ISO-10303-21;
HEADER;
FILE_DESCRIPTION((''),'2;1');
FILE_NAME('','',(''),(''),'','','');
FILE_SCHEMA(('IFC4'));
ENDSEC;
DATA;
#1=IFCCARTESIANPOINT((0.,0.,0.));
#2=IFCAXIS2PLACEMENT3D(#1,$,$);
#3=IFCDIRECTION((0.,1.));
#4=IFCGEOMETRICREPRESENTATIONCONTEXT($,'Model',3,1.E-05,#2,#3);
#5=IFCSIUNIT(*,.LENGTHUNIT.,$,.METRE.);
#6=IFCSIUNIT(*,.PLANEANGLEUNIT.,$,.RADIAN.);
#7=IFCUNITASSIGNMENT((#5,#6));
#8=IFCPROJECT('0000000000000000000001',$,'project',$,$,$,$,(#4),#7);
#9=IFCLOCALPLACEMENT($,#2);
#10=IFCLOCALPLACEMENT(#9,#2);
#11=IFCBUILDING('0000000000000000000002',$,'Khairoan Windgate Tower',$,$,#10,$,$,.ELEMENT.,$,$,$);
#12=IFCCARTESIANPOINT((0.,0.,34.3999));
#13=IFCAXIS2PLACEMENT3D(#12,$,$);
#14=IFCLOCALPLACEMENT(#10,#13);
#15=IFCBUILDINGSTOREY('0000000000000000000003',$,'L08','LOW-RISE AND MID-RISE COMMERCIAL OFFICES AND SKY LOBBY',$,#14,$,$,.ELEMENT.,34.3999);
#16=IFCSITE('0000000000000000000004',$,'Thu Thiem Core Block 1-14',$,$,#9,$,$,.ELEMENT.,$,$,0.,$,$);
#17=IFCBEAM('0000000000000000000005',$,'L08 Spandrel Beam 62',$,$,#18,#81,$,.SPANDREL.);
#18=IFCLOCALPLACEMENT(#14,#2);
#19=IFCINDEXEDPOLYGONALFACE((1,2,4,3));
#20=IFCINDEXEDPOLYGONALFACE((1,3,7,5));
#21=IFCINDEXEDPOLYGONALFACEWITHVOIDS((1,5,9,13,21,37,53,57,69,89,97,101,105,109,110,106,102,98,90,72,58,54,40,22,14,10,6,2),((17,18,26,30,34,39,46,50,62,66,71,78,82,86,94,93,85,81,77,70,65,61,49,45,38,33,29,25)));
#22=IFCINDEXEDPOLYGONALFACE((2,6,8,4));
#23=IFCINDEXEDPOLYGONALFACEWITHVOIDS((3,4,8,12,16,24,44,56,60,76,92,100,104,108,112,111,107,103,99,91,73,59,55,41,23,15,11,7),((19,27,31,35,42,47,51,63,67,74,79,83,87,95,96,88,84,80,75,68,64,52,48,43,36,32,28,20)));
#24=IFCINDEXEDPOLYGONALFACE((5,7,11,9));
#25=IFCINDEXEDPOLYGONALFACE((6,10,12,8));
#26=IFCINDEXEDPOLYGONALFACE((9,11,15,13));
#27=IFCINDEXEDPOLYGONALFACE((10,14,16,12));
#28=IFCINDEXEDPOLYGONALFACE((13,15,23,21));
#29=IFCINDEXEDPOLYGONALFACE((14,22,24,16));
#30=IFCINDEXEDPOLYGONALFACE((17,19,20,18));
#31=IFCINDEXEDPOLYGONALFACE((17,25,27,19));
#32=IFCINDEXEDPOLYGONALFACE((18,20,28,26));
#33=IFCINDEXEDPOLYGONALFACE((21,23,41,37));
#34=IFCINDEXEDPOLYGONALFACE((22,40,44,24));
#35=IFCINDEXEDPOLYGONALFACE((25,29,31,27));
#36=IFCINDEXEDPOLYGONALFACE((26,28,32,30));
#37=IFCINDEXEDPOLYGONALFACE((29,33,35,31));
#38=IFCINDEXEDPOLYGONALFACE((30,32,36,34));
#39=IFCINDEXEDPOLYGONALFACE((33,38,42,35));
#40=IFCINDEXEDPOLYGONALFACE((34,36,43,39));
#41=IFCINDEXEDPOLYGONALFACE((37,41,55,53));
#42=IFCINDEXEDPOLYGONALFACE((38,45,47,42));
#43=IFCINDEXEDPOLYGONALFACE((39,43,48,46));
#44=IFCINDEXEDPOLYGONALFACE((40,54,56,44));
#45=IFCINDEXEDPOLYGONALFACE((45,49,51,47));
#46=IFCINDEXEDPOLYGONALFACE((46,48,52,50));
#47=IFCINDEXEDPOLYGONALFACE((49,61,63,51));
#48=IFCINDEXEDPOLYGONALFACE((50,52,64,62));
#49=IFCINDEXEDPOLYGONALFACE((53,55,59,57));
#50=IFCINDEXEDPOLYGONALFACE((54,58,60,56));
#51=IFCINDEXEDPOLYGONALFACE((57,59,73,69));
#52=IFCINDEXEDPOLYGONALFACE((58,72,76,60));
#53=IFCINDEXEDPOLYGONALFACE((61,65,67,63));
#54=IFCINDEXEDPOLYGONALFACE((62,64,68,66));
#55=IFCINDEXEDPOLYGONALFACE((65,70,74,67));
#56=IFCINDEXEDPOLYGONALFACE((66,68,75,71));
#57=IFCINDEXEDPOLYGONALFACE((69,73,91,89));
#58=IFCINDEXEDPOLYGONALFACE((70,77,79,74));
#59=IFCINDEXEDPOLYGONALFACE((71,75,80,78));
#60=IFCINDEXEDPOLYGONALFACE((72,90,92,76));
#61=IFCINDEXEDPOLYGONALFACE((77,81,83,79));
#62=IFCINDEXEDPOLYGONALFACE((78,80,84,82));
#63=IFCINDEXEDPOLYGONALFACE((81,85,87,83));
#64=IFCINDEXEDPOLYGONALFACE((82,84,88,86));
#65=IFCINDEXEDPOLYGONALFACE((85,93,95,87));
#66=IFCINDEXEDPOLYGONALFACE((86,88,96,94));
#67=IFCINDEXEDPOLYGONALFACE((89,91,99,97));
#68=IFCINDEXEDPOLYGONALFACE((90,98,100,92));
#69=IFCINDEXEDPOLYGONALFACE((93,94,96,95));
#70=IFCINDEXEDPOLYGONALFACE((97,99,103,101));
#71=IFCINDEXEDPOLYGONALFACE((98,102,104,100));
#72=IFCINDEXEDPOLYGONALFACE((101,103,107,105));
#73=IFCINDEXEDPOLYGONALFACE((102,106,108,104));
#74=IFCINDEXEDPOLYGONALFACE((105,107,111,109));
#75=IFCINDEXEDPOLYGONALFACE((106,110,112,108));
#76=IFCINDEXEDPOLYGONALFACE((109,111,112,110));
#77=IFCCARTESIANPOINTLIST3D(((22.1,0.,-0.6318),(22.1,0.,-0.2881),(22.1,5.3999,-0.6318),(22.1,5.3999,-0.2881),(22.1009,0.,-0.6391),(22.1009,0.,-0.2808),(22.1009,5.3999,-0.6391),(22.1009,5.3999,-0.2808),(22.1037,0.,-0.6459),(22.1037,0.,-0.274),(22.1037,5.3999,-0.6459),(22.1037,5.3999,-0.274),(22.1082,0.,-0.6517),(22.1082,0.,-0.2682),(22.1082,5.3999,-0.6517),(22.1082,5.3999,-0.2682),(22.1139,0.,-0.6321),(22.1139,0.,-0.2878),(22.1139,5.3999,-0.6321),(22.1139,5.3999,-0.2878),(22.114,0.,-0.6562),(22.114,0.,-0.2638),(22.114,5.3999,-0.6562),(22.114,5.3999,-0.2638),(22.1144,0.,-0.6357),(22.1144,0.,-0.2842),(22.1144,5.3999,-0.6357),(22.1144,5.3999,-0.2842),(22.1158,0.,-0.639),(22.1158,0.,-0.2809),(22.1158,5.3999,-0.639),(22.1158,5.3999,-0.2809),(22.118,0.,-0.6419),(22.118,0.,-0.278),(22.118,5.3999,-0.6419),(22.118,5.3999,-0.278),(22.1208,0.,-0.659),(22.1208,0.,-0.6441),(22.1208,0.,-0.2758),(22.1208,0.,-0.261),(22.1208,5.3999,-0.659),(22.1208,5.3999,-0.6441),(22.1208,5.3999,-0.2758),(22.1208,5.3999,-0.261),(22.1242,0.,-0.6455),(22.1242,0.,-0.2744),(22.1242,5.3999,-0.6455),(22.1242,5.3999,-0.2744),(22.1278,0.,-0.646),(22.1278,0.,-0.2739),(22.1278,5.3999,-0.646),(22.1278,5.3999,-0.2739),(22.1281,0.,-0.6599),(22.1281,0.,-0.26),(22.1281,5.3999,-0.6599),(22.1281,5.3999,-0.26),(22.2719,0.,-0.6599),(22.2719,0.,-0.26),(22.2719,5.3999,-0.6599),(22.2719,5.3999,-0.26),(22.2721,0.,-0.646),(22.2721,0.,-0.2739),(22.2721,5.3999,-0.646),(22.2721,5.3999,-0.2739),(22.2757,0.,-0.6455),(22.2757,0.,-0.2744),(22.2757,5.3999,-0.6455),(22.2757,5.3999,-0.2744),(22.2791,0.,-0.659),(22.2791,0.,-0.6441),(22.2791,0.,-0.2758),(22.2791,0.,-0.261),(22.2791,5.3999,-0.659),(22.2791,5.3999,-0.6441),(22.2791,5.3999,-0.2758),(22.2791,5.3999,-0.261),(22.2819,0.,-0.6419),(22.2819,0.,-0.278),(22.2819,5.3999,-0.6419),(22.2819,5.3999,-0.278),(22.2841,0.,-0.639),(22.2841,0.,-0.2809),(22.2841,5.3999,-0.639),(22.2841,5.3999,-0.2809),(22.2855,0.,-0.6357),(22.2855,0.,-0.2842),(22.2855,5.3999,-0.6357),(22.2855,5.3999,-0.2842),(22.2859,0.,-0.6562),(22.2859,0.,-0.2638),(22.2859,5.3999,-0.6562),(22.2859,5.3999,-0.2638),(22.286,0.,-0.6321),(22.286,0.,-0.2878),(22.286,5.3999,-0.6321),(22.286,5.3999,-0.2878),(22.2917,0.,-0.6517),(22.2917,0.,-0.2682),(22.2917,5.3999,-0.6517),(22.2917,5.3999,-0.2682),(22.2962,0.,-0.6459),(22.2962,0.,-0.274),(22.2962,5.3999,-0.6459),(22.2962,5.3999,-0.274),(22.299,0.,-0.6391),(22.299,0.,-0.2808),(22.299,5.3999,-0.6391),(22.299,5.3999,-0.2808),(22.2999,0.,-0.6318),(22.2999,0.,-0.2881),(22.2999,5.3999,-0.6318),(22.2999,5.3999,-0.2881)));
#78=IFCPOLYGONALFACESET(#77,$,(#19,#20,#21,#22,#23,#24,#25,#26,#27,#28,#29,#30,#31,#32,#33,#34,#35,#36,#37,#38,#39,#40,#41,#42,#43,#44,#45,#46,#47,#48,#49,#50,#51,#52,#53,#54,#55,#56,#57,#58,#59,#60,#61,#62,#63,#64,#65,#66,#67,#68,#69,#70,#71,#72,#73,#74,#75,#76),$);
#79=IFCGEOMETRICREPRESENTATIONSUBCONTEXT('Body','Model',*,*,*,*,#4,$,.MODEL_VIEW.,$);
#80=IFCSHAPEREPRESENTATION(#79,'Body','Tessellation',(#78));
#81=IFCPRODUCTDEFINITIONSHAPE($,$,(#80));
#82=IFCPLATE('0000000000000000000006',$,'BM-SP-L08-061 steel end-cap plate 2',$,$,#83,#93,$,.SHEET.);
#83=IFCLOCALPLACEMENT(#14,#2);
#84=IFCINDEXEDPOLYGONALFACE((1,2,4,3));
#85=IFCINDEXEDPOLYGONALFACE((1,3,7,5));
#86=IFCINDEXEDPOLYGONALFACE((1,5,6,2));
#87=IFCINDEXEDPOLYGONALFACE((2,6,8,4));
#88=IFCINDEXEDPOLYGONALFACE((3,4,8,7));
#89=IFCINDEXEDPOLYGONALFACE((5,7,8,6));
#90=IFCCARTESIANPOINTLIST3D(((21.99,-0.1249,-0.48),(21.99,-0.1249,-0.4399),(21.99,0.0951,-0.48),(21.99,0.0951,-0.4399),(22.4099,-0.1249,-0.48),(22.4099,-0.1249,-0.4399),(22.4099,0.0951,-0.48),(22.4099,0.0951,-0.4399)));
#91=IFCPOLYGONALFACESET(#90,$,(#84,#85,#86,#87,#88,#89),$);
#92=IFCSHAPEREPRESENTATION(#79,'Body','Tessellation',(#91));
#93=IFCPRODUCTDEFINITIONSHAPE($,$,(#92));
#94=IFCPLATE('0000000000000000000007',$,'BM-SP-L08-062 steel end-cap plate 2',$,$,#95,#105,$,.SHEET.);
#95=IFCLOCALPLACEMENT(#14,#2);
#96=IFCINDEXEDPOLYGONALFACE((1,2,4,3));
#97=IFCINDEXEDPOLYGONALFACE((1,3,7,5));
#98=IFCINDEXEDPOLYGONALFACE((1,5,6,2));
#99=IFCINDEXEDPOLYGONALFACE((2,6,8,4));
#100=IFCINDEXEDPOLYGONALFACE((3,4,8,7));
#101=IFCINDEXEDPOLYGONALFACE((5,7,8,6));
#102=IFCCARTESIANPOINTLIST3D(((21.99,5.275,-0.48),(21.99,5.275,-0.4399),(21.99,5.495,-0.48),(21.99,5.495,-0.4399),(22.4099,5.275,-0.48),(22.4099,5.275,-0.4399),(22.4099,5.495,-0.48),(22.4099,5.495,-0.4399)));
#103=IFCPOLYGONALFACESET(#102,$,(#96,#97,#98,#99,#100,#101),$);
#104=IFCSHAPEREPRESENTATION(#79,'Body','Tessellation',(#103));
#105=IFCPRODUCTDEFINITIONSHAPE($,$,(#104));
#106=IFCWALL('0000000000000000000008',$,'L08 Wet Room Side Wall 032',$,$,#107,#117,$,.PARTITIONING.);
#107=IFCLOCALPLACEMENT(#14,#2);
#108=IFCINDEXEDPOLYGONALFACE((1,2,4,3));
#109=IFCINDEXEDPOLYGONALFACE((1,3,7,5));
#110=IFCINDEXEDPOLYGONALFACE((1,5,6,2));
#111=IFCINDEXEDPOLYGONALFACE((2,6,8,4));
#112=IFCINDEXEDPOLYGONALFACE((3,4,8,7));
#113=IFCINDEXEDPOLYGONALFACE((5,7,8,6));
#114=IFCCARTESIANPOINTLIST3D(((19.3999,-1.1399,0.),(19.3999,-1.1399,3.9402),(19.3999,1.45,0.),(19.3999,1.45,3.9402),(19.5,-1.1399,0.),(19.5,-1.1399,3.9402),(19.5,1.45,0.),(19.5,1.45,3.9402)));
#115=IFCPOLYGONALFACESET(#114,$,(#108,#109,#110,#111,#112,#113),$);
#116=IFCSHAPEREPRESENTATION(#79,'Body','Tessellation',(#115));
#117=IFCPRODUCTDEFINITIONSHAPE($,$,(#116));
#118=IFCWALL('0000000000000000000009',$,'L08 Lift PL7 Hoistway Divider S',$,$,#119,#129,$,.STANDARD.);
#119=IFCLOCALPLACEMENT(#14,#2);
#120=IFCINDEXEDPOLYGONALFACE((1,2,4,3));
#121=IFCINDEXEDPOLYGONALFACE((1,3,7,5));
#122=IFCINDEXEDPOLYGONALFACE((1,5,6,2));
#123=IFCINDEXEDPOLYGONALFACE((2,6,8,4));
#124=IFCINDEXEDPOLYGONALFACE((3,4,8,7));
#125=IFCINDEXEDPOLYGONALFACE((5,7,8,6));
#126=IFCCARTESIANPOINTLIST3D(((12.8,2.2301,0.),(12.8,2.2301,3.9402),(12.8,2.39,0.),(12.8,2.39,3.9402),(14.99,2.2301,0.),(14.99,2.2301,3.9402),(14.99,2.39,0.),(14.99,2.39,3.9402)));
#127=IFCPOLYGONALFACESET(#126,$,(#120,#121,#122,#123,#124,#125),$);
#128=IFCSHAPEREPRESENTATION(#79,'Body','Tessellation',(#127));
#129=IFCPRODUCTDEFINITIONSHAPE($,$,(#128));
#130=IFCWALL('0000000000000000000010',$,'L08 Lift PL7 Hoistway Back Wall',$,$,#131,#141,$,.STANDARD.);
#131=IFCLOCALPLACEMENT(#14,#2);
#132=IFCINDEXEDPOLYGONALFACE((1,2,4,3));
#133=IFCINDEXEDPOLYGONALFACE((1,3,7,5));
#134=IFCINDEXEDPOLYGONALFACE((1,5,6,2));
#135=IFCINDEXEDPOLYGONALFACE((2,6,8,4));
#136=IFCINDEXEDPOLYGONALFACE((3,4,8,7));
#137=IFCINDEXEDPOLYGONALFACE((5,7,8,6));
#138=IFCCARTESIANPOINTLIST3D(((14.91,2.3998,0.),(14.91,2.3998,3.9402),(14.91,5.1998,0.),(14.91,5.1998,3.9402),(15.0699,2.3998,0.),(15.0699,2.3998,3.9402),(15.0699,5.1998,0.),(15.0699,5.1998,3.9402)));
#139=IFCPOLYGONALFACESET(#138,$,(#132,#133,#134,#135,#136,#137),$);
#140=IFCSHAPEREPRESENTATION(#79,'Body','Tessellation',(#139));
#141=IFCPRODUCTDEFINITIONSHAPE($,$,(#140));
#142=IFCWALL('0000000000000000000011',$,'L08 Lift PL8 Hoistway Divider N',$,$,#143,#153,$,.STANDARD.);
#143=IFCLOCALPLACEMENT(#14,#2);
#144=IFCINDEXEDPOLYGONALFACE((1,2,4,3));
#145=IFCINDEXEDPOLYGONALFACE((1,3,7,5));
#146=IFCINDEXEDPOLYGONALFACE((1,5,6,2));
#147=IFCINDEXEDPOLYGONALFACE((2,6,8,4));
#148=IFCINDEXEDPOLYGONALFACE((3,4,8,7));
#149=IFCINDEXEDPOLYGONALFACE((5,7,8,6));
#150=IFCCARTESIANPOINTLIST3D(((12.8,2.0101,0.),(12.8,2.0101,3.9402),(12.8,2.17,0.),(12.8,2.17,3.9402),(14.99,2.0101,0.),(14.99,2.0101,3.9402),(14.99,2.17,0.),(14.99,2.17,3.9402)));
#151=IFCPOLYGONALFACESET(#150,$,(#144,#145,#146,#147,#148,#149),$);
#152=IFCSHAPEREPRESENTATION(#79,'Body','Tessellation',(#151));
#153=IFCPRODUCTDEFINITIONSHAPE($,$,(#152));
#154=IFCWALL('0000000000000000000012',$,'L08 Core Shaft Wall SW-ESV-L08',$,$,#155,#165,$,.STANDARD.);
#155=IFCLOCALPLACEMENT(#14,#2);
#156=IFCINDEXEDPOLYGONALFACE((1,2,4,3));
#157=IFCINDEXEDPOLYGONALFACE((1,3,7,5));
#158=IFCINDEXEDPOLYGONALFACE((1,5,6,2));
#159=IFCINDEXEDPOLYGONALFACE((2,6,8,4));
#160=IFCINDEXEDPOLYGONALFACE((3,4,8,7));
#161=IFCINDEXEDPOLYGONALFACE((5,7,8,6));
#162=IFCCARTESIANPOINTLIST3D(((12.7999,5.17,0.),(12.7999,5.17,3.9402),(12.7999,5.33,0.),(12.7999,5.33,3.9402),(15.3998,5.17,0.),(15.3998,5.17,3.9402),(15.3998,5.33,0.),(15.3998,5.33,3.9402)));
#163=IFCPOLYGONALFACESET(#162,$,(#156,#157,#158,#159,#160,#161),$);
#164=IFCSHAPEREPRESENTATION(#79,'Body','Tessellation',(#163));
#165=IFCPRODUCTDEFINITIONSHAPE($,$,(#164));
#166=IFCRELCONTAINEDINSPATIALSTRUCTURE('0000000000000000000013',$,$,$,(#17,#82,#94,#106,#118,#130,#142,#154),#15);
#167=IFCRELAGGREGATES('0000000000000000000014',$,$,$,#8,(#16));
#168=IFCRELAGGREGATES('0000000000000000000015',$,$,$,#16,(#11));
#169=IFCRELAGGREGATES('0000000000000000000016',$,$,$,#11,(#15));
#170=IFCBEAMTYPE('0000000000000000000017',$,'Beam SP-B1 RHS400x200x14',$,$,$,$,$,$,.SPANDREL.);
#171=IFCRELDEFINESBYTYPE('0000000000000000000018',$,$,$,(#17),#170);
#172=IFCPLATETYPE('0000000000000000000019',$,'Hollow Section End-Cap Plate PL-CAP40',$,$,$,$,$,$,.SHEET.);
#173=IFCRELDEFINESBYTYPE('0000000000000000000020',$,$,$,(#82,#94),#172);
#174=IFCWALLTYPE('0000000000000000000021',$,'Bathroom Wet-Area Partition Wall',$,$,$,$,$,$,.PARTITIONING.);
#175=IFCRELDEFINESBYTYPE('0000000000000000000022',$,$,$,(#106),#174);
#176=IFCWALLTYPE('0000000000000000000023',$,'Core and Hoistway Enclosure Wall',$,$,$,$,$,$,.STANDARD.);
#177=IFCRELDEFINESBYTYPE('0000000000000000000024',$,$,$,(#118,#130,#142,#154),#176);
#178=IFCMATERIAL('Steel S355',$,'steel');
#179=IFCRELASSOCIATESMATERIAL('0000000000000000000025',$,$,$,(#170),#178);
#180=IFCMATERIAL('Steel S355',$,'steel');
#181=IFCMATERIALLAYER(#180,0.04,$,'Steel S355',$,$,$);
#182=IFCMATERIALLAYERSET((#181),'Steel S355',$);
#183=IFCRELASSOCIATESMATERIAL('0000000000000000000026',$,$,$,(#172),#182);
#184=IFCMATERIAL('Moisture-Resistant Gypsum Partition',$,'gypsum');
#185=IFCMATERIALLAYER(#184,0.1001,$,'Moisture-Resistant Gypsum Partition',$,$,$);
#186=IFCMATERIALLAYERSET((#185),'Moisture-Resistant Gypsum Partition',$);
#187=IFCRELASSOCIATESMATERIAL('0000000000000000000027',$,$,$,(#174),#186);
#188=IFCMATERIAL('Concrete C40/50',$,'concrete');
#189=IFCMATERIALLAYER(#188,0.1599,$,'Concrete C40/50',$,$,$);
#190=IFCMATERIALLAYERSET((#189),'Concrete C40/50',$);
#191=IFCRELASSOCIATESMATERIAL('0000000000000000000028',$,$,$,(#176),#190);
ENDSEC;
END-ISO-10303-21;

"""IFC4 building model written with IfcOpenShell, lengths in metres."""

from ifc_helpers import new_model, si_unit, direction, frame, frame_2d, origin, origin_2d, place, context, subcontext, project, spatial, rectangle, hollow_rectangle, extrude, material, layer, layer_set, material_profile, profile_set, type_object, element, save


model = new_model("IFC4")

# Units and contexts
model_context = context("Model", 3, precision=1e-05, world=origin(), true_north=direction((0.0, 1.0)))
body_context = subcontext(model_context, "Body", "Model", "MODEL_VIEW")
ifc_project = project(units=[si_unit("LENGTHUNIT", "METRE"), si_unit("PLANEANGLEUNIT", "RADIAN")], contexts=[model_context])

# Site, building, storey
site_placement = place(None, origin())
site = spatial("IfcSite", under=ifc_project, at=site_placement, Name="Thu Thiem Core Block 1-14", CompositionType="ELEMENT", RefElevation=0.0)
building_placement = place(site_placement, origin())
building = spatial("IfcBuilding", under=site, at=building_placement, Name="Khairoan Windgate Tower", CompositionType="ELEMENT")
storey_placement = place(building_placement, frame((0.0, 0.0, 34.3999)))
storey = spatial("IfcBuildingStorey", under=building, at=storey_placement, Name="L08", Description="LOW-RISE AND MID-RISE COMMERCIAL OFFICES AND SKY LOBBY", CompositionType="ELEMENT", Elevation=34.3999)

# Beam
ifc_material_1 = material(Name="Steel S355", Category="steel")
ifc_material_profile_1 = material_profile(ifc_material_1, hollow_rectangle(XDim=0.2, YDim=0.3999, WallThickness=0.0139, InnerFilletRadius=0.0139, OuterFilletRadius=0.0281, at=origin_2d()))
ifc_profile_set_1 = profile_set([ifc_material_profile_1], Name="Steel S355")
beam_type_1 = type_object("IfcBeamType", Name="Beam SP-B1 RHS400x200x14", PredefinedType="SPANDREL", material=ifc_profile_set_1)
beam_1_placement = place(storey_placement, frame((22.2, 0.0, -0.46), z_axis=(0.0, 1.0, 0.0), x_axis=(-1.0, 0.0, 0.0)))
element("IfcBeam", 1, at=beam_1_placement, inside=storey, type_object=beam_type_1, Name="L08 Spandrel Beam 62", PredefinedType="SPANDREL", context=body_context, shape_type="SweptSolid", body=[
    extrude(hollow_rectangle(XDim=0.2, YDim=0.3999, WallThickness=0.0139, InnerFilletRadius=0.0139, OuterFilletRadius=0.0281, at=origin_2d()), origin(), (0.0, 0.0, 1.0), 5.3999),
])

# Plates
ifc_material_2 = material(Name="Steel S355", Category="steel")
ifc_layer_1 = layer(ifc_material_2, 0.04, Name="Steel S355")
ifc_layer_set_1 = layer_set([ifc_layer_1], Name="Steel S355")
plate_type = type_object("IfcPlateType", Name="Hollow Section End-Cap Plate PL-CAP40", PredefinedType="SHEET", material=ifc_layer_set_1)
for number, where, z_axis, x_axis, name in (
    (2, (22.2, -0.0149, -0.48), (0.0, 0.0, 1.0), (0.0, 1.0, 0.0), "BM-SP-L08-061 steel end-cap plate 2"),
    (3, (22.2, 5.385, -0.48), (0.0, 0.0, 1.0), (0.0, 1.0, 0.0), "BM-SP-L08-062 steel end-cap plate 2"),
):
    element("IfcPlate", number, at=place(storey_placement, frame(where, z_axis=z_axis, x_axis=x_axis)), inside=storey, type_object=plate_type, Name=name, PredefinedType="SHEET", context=body_context, shape_type="SweptSolid", body=[
        extrude(rectangle(XDim=0.22, YDim=0.4199, at=origin_2d()), origin(), (0.0, 0.0, 1.0), 0.04),
    ])

# Walls
ifc_material_3 = material(Name="Moisture-Resistant Gypsum Partition", Category="gypsum")
ifc_layer_2 = layer(ifc_material_3, 0.1001, Name="Moisture-Resistant Gypsum Partition")
ifc_layer_set_2 = layer_set([ifc_layer_2], Name="Moisture-Resistant Gypsum Partition")
wall_type_1 = type_object("IfcWallType", Name="Bathroom Wet-Area Partition Wall", PredefinedType="PARTITIONING", material=ifc_layer_set_2)
wall_1_placement = place(storey_placement, frame((19.45, 1.45, 0.0), z_axis=(0.0, 0.0, 1.0), x_axis=(0.0, -1.0, 0.0)))
element("IfcWall", 4, at=wall_1_placement, inside=storey, type_object=wall_type_1, Name="L08 Wet Room Side Wall 032", PredefinedType="PARTITIONING", context=body_context, shape_type="SweptSolid", body=[
    extrude(rectangle(XDim=2.5898, YDim=0.1001, at=frame_2d((1.2949, 0.0))), origin(), (0.0, 0.0, 1.0), 3.9402),
])
ifc_material_4 = material(Name="Concrete C40/50", Category="concrete")
ifc_layer_3 = layer(ifc_material_4, 0.1599, Name="Concrete C40/50")
ifc_layer_set_3 = layer_set([ifc_layer_3], Name="Concrete C40/50")
wall_type_2 = type_object("IfcWallType", Name="Core and Hoistway Enclosure Wall", PredefinedType="STANDARD", material=ifc_layer_set_3)
wall_2_placement = place(storey_placement, frame((12.8, 2.3101, 0.0), z_axis=(0.0, 0.0, 1.0), x_axis=(1.0, 0.0, 0.0)))
element("IfcWall", 5, at=wall_2_placement, inside=storey, type_object=wall_type_2, Name="L08 Lift PL7 Hoistway Divider S", PredefinedType="STANDARD", context=body_context, shape_type="SweptSolid", body=[
    extrude(rectangle(XDim=2.1899, YDim=0.1599, at=frame_2d((1.095, 0.0))), origin(), (0.0, 0.0, 1.0), 3.9402),
])
wall_3_placement = place(storey_placement, frame((14.99, 2.3999, 0.0), z_axis=(0.0, 0.0, 1.0), x_axis=(0.0, 1.0, 0.0)))
element("IfcWall", 6, at=wall_3_placement, inside=storey, type_object=wall_type_2, Name="L08 Lift PL7 Hoistway Back Wall", PredefinedType="STANDARD", context=body_context, shape_type="SweptSolid", body=[
    extrude(rectangle(XDim=2.8, YDim=0.1599, at=frame_2d((1.3999, 0.0))), origin(), (0.0, 0.0, 1.0), 3.9402),
])
wall_4_placement = place(storey_placement, frame((12.8, 2.0901, 0.0), z_axis=(0.0, 0.0, 1.0), x_axis=(1.0, 0.0, 0.0)))
element("IfcWall", 7, at=wall_4_placement, inside=storey, type_object=wall_type_2, Name="L08 Lift PL8 Hoistway Divider N", PredefinedType="STANDARD", context=body_context, shape_type="SweptSolid", body=[
    extrude(rectangle(XDim=2.1899, YDim=0.1599, at=frame_2d((1.095, 0.0))), origin(), (0.0, 0.0, 1.0), 3.9402),
])
wall_5_placement = place(storey_placement, frame((12.8, 5.25, 0.0), z_axis=(0.0, 0.0, 1.0), x_axis=(1.0, 0.0, 0.0)))
element("IfcWall", 8, at=wall_5_placement, inside=storey, type_object=wall_type_2, Name="L08 Core Shaft Wall SW-ESV-L08", PredefinedType="STANDARD", context=body_context, shape_type="SweptSolid", body=[
    extrude(rectangle(XDim=2.5999, YDim=0.1599, at=frame_2d((1.2998, 0.0))), origin(), (0.0, 0.0, 1.0), 3.9402),
])

save(model, "model.ifc")
